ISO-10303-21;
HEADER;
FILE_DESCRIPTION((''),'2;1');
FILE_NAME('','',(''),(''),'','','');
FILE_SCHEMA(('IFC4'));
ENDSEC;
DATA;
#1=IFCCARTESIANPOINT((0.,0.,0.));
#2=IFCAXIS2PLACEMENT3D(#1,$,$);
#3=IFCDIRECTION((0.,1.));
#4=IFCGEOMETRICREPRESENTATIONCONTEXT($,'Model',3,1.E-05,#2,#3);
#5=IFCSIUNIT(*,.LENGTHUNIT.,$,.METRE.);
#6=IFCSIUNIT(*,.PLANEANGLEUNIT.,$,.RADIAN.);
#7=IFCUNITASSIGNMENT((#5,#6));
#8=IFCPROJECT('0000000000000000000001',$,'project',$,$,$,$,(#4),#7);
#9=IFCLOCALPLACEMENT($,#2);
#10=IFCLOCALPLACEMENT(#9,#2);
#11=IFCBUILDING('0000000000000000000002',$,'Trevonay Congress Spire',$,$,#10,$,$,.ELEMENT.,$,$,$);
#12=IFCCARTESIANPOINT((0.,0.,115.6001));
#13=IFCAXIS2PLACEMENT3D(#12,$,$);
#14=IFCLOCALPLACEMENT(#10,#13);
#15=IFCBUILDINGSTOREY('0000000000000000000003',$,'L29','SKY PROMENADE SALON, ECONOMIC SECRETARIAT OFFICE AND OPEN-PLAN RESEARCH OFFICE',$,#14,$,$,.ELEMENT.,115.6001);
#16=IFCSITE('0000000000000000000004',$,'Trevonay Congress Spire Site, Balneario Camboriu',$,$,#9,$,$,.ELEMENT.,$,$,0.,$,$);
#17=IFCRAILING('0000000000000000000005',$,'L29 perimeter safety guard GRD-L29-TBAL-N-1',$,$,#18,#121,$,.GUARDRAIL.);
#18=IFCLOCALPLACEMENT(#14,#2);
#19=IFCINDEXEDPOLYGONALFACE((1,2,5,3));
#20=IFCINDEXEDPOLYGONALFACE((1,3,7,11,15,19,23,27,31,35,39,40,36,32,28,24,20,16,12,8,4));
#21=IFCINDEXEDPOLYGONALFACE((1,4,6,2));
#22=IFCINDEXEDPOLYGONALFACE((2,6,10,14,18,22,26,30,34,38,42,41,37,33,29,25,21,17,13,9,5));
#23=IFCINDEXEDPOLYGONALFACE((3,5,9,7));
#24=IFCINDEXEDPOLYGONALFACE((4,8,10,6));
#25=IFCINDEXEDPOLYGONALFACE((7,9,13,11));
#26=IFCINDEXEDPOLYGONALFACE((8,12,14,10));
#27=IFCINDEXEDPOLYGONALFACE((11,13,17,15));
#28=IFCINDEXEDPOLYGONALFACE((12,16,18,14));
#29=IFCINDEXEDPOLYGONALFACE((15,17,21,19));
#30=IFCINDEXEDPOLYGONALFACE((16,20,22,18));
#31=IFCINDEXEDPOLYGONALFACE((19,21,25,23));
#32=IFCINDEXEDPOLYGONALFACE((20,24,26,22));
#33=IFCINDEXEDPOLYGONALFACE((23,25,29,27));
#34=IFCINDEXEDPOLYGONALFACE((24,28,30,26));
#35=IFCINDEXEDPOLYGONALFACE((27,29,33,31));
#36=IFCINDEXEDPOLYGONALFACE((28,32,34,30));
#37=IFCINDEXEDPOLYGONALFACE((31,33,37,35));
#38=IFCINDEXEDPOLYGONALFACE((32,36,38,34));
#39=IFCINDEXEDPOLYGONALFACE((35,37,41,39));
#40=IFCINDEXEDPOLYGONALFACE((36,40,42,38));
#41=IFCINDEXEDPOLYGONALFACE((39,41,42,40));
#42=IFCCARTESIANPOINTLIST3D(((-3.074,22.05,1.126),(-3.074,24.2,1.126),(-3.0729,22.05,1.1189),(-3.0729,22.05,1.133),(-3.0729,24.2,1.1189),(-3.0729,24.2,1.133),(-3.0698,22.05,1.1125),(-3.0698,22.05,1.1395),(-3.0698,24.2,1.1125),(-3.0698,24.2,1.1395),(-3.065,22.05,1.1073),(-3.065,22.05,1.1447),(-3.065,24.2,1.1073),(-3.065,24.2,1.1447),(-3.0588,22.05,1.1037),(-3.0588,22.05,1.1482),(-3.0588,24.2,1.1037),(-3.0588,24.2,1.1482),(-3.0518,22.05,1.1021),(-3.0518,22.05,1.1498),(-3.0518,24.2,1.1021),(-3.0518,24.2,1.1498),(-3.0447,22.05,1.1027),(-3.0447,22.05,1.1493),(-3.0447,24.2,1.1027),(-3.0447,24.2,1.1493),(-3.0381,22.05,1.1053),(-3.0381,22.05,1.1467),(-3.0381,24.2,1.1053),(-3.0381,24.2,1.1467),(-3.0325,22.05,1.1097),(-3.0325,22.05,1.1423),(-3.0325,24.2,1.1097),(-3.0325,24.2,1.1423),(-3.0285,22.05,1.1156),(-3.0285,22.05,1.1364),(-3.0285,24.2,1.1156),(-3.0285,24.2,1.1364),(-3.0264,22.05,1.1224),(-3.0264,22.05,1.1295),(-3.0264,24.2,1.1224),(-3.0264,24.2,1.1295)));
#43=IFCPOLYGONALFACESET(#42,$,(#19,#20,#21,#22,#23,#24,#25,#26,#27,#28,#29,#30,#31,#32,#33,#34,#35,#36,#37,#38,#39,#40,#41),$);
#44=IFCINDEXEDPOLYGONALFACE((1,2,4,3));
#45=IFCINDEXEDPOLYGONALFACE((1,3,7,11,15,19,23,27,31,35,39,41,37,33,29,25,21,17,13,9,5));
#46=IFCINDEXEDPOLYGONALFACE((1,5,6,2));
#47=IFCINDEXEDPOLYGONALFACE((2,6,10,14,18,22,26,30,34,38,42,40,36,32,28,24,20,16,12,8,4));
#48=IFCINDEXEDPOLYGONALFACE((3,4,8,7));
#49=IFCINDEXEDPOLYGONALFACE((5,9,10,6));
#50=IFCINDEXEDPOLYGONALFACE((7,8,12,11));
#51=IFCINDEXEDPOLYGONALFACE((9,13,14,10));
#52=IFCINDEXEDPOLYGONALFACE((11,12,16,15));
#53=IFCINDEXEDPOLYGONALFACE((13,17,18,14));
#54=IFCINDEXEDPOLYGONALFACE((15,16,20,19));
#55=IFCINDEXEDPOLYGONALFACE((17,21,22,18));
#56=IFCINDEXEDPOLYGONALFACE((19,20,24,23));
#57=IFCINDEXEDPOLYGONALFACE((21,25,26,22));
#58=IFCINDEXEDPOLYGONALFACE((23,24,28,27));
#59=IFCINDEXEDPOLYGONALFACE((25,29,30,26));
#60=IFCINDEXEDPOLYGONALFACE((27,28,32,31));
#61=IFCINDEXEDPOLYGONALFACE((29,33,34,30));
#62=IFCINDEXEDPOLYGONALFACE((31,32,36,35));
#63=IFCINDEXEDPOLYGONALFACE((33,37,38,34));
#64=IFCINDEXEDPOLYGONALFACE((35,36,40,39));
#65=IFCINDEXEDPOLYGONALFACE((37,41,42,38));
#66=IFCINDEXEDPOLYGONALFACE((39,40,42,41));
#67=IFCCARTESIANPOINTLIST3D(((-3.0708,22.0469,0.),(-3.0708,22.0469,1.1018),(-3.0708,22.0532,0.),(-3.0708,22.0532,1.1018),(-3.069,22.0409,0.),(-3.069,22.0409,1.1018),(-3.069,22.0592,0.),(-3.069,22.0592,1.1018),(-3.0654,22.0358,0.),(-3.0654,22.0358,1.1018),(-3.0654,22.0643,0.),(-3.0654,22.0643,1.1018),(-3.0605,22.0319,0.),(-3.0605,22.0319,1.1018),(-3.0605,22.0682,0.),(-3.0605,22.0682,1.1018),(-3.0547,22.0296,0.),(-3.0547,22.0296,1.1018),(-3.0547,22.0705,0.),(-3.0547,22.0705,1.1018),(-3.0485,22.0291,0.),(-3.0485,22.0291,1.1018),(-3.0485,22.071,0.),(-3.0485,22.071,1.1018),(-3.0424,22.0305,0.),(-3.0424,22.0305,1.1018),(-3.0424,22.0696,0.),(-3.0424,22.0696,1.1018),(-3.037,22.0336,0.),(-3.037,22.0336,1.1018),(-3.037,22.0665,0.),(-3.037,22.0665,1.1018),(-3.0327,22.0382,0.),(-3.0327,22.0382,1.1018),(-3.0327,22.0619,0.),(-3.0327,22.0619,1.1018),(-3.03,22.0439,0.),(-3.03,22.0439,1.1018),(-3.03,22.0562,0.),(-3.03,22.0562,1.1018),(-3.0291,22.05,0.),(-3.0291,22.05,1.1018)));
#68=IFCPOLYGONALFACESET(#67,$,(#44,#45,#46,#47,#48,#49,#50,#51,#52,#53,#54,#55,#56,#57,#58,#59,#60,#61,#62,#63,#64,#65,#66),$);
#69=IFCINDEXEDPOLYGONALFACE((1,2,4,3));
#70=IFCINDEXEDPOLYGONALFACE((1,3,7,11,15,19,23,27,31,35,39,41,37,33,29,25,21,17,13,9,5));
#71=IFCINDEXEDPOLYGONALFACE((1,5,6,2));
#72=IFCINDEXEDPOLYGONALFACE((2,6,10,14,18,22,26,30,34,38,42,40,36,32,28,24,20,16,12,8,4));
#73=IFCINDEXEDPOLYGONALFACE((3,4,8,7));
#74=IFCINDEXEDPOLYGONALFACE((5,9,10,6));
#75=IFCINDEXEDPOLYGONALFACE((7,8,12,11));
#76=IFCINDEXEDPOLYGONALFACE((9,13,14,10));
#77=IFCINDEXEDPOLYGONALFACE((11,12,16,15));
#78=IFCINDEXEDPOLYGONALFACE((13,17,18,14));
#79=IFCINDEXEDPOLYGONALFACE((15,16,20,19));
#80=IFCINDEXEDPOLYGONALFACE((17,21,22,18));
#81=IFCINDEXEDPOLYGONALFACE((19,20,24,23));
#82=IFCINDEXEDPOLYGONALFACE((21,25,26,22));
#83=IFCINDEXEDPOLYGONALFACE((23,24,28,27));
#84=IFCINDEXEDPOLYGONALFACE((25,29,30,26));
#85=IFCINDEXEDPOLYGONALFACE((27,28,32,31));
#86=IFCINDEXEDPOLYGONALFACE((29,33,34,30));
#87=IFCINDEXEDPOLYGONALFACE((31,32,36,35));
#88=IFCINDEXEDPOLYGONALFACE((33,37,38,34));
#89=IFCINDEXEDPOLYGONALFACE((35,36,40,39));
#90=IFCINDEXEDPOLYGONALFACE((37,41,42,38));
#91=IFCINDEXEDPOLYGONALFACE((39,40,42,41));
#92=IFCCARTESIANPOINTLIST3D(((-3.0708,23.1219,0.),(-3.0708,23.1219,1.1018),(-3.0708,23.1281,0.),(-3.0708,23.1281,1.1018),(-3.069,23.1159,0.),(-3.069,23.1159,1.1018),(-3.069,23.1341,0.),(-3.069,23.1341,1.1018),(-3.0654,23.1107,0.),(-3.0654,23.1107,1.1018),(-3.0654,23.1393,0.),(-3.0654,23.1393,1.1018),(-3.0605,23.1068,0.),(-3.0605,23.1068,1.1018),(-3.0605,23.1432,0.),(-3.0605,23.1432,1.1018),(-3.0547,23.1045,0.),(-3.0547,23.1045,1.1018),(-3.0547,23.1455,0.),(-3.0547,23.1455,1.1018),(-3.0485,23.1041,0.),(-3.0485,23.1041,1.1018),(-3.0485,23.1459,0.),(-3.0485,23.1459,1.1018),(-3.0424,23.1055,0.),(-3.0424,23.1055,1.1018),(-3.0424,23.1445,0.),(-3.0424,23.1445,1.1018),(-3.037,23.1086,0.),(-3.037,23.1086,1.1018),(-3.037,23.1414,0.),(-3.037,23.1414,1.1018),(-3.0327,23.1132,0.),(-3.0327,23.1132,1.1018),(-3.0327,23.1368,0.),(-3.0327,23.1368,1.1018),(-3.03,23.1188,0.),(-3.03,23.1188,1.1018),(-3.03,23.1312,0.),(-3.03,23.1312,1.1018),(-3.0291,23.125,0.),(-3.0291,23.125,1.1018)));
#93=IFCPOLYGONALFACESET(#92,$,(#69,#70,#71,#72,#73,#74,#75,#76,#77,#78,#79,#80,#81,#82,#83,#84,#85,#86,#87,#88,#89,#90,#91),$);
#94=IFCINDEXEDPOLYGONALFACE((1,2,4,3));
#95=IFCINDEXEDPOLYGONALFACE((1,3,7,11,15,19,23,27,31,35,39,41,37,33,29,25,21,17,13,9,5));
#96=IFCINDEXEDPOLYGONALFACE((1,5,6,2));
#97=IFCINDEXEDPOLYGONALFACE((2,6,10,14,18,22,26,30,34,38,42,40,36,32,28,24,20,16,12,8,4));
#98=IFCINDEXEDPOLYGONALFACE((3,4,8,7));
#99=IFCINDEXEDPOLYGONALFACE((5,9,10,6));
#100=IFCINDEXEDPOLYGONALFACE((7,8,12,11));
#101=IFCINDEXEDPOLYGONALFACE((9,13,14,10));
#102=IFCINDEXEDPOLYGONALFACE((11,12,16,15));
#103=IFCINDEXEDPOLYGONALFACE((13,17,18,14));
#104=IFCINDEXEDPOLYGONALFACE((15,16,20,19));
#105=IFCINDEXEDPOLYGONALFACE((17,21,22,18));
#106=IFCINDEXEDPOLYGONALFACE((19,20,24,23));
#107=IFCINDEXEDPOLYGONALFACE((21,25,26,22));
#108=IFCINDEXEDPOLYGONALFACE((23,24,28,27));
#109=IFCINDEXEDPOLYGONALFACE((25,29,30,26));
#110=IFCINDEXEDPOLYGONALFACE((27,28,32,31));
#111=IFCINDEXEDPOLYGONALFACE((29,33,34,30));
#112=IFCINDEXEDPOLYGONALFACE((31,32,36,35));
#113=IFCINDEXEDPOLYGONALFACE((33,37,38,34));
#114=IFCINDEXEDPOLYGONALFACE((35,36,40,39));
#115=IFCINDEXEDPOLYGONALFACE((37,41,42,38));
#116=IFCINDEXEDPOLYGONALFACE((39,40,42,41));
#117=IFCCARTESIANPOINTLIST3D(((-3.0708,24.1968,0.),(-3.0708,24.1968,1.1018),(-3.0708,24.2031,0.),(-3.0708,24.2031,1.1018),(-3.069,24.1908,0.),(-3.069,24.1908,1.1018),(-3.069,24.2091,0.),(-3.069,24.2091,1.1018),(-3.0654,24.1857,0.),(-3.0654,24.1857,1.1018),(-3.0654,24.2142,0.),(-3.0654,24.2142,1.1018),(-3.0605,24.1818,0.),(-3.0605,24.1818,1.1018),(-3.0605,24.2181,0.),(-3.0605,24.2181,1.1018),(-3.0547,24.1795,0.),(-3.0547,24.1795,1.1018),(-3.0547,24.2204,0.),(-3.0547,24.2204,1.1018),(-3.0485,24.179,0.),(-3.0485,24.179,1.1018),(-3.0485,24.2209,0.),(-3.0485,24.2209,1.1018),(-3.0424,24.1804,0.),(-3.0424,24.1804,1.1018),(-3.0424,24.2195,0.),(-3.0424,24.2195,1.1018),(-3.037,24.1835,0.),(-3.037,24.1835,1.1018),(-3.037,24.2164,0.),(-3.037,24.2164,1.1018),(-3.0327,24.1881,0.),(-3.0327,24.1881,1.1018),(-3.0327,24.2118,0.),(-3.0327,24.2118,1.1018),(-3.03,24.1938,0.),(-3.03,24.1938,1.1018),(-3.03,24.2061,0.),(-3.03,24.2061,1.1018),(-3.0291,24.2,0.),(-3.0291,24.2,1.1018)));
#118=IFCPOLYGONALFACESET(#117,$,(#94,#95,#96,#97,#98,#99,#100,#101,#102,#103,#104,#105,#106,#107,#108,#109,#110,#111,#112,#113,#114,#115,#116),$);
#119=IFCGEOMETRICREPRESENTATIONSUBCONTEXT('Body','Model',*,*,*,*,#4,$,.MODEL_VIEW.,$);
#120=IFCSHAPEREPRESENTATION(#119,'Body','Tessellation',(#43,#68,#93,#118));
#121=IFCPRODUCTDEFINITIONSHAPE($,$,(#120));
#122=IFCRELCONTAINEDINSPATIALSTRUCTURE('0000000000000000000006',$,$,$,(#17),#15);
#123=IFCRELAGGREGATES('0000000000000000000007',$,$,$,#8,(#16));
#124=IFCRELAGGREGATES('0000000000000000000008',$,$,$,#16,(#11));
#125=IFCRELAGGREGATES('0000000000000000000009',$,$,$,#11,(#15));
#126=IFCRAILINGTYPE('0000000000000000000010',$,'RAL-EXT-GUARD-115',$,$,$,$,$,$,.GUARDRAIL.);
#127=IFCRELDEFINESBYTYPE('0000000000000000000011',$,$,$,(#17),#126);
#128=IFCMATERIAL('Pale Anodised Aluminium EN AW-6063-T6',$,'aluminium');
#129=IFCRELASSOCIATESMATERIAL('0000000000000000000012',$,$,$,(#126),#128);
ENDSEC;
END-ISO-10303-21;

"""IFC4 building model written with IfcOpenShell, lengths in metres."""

from ifc_helpers import new_model, si_unit, direction, frame, origin, origin_2d, place, context, subcontext, project, spatial, circle, extrude, material, type_object, element, save


model = new_model("IFC4")

# Units and contexts
model_context = context("Model", 3, precision=1e-05, world=origin(), true_north=direction((0.0, 1.0)))
body_context = subcontext(model_context, "Body", "Model", "MODEL_VIEW")
ifc_project = project(units=[si_unit("LENGTHUNIT", "METRE"), si_unit("PLANEANGLEUNIT", "RADIAN")], contexts=[model_context])

# Site, building, storey
site_placement = place(None, origin())
site = spatial("IfcSite", under=ifc_project, at=site_placement, Name="Trevonay Congress Spire Site, Balneario Camboriu", CompositionType="ELEMENT", RefElevation=0.0)
building_placement = place(site_placement, origin())
building = spatial("IfcBuilding", under=site, at=building_placement, Name="Trevonay Congress Spire", CompositionType="ELEMENT")
storey_placement = place(building_placement, frame((0.0, 0.0, 115.6001)))
storey = spatial("IfcBuildingStorey", under=building, at=storey_placement, Name="L29", Description="SKY PROMENADE SALON, ECONOMIC SECRETARIAT OFFICE AND OPEN-PLAN RESEARCH OFFICE", CompositionType="ELEMENT", Elevation=115.6001)

# Shared definitions
ifc_material_1 = material(Name="Pale Anodised Aluminium EN AW-6063-T6", Category="aluminium")

# Railing
railing_type = type_object("IfcRailingType", Name="RAL-EXT-GUARD-115", PredefinedType="GUARDRAIL", material=ifc_material_1)
railing_1_placement = place(storey_placement, frame((-3.05, 22.05, 0.0)))
element("IfcRailing", 1, at=railing_1_placement, inside=storey, type_object=railing_type, Name="L29 perimeter safety guard GRD-L29-TBAL-N-1", PredefinedType="GUARDRAIL", context=body_context, shape_type="SweptSolid", body=[
    extrude(circle(Radius=0.0239, at=origin_2d()), frame((0.0, 0.0, 1.126), z_axis=(0.0, 1.0, 0.0), x_axis=(-1.0, 0.0, 0.0)), (0.0, 0.0, 1.0), 2.1499),
    extrude(circle(Radius=0.021, at=origin_2d()), origin(), (0.0, 0.0, 1.0), 1.1018),
    extrude(circle(Radius=0.021, at=origin_2d()), frame((0.0, 1.075, 0.0)), (0.0, 0.0, 1.0), 1.1018),
    extrude(circle(Radius=0.021, at=origin_2d()), frame((0.0, 2.1499, 0.0)), (0.0, 0.0, 1.0), 1.1018),
])

save(model, "model.ifc")
